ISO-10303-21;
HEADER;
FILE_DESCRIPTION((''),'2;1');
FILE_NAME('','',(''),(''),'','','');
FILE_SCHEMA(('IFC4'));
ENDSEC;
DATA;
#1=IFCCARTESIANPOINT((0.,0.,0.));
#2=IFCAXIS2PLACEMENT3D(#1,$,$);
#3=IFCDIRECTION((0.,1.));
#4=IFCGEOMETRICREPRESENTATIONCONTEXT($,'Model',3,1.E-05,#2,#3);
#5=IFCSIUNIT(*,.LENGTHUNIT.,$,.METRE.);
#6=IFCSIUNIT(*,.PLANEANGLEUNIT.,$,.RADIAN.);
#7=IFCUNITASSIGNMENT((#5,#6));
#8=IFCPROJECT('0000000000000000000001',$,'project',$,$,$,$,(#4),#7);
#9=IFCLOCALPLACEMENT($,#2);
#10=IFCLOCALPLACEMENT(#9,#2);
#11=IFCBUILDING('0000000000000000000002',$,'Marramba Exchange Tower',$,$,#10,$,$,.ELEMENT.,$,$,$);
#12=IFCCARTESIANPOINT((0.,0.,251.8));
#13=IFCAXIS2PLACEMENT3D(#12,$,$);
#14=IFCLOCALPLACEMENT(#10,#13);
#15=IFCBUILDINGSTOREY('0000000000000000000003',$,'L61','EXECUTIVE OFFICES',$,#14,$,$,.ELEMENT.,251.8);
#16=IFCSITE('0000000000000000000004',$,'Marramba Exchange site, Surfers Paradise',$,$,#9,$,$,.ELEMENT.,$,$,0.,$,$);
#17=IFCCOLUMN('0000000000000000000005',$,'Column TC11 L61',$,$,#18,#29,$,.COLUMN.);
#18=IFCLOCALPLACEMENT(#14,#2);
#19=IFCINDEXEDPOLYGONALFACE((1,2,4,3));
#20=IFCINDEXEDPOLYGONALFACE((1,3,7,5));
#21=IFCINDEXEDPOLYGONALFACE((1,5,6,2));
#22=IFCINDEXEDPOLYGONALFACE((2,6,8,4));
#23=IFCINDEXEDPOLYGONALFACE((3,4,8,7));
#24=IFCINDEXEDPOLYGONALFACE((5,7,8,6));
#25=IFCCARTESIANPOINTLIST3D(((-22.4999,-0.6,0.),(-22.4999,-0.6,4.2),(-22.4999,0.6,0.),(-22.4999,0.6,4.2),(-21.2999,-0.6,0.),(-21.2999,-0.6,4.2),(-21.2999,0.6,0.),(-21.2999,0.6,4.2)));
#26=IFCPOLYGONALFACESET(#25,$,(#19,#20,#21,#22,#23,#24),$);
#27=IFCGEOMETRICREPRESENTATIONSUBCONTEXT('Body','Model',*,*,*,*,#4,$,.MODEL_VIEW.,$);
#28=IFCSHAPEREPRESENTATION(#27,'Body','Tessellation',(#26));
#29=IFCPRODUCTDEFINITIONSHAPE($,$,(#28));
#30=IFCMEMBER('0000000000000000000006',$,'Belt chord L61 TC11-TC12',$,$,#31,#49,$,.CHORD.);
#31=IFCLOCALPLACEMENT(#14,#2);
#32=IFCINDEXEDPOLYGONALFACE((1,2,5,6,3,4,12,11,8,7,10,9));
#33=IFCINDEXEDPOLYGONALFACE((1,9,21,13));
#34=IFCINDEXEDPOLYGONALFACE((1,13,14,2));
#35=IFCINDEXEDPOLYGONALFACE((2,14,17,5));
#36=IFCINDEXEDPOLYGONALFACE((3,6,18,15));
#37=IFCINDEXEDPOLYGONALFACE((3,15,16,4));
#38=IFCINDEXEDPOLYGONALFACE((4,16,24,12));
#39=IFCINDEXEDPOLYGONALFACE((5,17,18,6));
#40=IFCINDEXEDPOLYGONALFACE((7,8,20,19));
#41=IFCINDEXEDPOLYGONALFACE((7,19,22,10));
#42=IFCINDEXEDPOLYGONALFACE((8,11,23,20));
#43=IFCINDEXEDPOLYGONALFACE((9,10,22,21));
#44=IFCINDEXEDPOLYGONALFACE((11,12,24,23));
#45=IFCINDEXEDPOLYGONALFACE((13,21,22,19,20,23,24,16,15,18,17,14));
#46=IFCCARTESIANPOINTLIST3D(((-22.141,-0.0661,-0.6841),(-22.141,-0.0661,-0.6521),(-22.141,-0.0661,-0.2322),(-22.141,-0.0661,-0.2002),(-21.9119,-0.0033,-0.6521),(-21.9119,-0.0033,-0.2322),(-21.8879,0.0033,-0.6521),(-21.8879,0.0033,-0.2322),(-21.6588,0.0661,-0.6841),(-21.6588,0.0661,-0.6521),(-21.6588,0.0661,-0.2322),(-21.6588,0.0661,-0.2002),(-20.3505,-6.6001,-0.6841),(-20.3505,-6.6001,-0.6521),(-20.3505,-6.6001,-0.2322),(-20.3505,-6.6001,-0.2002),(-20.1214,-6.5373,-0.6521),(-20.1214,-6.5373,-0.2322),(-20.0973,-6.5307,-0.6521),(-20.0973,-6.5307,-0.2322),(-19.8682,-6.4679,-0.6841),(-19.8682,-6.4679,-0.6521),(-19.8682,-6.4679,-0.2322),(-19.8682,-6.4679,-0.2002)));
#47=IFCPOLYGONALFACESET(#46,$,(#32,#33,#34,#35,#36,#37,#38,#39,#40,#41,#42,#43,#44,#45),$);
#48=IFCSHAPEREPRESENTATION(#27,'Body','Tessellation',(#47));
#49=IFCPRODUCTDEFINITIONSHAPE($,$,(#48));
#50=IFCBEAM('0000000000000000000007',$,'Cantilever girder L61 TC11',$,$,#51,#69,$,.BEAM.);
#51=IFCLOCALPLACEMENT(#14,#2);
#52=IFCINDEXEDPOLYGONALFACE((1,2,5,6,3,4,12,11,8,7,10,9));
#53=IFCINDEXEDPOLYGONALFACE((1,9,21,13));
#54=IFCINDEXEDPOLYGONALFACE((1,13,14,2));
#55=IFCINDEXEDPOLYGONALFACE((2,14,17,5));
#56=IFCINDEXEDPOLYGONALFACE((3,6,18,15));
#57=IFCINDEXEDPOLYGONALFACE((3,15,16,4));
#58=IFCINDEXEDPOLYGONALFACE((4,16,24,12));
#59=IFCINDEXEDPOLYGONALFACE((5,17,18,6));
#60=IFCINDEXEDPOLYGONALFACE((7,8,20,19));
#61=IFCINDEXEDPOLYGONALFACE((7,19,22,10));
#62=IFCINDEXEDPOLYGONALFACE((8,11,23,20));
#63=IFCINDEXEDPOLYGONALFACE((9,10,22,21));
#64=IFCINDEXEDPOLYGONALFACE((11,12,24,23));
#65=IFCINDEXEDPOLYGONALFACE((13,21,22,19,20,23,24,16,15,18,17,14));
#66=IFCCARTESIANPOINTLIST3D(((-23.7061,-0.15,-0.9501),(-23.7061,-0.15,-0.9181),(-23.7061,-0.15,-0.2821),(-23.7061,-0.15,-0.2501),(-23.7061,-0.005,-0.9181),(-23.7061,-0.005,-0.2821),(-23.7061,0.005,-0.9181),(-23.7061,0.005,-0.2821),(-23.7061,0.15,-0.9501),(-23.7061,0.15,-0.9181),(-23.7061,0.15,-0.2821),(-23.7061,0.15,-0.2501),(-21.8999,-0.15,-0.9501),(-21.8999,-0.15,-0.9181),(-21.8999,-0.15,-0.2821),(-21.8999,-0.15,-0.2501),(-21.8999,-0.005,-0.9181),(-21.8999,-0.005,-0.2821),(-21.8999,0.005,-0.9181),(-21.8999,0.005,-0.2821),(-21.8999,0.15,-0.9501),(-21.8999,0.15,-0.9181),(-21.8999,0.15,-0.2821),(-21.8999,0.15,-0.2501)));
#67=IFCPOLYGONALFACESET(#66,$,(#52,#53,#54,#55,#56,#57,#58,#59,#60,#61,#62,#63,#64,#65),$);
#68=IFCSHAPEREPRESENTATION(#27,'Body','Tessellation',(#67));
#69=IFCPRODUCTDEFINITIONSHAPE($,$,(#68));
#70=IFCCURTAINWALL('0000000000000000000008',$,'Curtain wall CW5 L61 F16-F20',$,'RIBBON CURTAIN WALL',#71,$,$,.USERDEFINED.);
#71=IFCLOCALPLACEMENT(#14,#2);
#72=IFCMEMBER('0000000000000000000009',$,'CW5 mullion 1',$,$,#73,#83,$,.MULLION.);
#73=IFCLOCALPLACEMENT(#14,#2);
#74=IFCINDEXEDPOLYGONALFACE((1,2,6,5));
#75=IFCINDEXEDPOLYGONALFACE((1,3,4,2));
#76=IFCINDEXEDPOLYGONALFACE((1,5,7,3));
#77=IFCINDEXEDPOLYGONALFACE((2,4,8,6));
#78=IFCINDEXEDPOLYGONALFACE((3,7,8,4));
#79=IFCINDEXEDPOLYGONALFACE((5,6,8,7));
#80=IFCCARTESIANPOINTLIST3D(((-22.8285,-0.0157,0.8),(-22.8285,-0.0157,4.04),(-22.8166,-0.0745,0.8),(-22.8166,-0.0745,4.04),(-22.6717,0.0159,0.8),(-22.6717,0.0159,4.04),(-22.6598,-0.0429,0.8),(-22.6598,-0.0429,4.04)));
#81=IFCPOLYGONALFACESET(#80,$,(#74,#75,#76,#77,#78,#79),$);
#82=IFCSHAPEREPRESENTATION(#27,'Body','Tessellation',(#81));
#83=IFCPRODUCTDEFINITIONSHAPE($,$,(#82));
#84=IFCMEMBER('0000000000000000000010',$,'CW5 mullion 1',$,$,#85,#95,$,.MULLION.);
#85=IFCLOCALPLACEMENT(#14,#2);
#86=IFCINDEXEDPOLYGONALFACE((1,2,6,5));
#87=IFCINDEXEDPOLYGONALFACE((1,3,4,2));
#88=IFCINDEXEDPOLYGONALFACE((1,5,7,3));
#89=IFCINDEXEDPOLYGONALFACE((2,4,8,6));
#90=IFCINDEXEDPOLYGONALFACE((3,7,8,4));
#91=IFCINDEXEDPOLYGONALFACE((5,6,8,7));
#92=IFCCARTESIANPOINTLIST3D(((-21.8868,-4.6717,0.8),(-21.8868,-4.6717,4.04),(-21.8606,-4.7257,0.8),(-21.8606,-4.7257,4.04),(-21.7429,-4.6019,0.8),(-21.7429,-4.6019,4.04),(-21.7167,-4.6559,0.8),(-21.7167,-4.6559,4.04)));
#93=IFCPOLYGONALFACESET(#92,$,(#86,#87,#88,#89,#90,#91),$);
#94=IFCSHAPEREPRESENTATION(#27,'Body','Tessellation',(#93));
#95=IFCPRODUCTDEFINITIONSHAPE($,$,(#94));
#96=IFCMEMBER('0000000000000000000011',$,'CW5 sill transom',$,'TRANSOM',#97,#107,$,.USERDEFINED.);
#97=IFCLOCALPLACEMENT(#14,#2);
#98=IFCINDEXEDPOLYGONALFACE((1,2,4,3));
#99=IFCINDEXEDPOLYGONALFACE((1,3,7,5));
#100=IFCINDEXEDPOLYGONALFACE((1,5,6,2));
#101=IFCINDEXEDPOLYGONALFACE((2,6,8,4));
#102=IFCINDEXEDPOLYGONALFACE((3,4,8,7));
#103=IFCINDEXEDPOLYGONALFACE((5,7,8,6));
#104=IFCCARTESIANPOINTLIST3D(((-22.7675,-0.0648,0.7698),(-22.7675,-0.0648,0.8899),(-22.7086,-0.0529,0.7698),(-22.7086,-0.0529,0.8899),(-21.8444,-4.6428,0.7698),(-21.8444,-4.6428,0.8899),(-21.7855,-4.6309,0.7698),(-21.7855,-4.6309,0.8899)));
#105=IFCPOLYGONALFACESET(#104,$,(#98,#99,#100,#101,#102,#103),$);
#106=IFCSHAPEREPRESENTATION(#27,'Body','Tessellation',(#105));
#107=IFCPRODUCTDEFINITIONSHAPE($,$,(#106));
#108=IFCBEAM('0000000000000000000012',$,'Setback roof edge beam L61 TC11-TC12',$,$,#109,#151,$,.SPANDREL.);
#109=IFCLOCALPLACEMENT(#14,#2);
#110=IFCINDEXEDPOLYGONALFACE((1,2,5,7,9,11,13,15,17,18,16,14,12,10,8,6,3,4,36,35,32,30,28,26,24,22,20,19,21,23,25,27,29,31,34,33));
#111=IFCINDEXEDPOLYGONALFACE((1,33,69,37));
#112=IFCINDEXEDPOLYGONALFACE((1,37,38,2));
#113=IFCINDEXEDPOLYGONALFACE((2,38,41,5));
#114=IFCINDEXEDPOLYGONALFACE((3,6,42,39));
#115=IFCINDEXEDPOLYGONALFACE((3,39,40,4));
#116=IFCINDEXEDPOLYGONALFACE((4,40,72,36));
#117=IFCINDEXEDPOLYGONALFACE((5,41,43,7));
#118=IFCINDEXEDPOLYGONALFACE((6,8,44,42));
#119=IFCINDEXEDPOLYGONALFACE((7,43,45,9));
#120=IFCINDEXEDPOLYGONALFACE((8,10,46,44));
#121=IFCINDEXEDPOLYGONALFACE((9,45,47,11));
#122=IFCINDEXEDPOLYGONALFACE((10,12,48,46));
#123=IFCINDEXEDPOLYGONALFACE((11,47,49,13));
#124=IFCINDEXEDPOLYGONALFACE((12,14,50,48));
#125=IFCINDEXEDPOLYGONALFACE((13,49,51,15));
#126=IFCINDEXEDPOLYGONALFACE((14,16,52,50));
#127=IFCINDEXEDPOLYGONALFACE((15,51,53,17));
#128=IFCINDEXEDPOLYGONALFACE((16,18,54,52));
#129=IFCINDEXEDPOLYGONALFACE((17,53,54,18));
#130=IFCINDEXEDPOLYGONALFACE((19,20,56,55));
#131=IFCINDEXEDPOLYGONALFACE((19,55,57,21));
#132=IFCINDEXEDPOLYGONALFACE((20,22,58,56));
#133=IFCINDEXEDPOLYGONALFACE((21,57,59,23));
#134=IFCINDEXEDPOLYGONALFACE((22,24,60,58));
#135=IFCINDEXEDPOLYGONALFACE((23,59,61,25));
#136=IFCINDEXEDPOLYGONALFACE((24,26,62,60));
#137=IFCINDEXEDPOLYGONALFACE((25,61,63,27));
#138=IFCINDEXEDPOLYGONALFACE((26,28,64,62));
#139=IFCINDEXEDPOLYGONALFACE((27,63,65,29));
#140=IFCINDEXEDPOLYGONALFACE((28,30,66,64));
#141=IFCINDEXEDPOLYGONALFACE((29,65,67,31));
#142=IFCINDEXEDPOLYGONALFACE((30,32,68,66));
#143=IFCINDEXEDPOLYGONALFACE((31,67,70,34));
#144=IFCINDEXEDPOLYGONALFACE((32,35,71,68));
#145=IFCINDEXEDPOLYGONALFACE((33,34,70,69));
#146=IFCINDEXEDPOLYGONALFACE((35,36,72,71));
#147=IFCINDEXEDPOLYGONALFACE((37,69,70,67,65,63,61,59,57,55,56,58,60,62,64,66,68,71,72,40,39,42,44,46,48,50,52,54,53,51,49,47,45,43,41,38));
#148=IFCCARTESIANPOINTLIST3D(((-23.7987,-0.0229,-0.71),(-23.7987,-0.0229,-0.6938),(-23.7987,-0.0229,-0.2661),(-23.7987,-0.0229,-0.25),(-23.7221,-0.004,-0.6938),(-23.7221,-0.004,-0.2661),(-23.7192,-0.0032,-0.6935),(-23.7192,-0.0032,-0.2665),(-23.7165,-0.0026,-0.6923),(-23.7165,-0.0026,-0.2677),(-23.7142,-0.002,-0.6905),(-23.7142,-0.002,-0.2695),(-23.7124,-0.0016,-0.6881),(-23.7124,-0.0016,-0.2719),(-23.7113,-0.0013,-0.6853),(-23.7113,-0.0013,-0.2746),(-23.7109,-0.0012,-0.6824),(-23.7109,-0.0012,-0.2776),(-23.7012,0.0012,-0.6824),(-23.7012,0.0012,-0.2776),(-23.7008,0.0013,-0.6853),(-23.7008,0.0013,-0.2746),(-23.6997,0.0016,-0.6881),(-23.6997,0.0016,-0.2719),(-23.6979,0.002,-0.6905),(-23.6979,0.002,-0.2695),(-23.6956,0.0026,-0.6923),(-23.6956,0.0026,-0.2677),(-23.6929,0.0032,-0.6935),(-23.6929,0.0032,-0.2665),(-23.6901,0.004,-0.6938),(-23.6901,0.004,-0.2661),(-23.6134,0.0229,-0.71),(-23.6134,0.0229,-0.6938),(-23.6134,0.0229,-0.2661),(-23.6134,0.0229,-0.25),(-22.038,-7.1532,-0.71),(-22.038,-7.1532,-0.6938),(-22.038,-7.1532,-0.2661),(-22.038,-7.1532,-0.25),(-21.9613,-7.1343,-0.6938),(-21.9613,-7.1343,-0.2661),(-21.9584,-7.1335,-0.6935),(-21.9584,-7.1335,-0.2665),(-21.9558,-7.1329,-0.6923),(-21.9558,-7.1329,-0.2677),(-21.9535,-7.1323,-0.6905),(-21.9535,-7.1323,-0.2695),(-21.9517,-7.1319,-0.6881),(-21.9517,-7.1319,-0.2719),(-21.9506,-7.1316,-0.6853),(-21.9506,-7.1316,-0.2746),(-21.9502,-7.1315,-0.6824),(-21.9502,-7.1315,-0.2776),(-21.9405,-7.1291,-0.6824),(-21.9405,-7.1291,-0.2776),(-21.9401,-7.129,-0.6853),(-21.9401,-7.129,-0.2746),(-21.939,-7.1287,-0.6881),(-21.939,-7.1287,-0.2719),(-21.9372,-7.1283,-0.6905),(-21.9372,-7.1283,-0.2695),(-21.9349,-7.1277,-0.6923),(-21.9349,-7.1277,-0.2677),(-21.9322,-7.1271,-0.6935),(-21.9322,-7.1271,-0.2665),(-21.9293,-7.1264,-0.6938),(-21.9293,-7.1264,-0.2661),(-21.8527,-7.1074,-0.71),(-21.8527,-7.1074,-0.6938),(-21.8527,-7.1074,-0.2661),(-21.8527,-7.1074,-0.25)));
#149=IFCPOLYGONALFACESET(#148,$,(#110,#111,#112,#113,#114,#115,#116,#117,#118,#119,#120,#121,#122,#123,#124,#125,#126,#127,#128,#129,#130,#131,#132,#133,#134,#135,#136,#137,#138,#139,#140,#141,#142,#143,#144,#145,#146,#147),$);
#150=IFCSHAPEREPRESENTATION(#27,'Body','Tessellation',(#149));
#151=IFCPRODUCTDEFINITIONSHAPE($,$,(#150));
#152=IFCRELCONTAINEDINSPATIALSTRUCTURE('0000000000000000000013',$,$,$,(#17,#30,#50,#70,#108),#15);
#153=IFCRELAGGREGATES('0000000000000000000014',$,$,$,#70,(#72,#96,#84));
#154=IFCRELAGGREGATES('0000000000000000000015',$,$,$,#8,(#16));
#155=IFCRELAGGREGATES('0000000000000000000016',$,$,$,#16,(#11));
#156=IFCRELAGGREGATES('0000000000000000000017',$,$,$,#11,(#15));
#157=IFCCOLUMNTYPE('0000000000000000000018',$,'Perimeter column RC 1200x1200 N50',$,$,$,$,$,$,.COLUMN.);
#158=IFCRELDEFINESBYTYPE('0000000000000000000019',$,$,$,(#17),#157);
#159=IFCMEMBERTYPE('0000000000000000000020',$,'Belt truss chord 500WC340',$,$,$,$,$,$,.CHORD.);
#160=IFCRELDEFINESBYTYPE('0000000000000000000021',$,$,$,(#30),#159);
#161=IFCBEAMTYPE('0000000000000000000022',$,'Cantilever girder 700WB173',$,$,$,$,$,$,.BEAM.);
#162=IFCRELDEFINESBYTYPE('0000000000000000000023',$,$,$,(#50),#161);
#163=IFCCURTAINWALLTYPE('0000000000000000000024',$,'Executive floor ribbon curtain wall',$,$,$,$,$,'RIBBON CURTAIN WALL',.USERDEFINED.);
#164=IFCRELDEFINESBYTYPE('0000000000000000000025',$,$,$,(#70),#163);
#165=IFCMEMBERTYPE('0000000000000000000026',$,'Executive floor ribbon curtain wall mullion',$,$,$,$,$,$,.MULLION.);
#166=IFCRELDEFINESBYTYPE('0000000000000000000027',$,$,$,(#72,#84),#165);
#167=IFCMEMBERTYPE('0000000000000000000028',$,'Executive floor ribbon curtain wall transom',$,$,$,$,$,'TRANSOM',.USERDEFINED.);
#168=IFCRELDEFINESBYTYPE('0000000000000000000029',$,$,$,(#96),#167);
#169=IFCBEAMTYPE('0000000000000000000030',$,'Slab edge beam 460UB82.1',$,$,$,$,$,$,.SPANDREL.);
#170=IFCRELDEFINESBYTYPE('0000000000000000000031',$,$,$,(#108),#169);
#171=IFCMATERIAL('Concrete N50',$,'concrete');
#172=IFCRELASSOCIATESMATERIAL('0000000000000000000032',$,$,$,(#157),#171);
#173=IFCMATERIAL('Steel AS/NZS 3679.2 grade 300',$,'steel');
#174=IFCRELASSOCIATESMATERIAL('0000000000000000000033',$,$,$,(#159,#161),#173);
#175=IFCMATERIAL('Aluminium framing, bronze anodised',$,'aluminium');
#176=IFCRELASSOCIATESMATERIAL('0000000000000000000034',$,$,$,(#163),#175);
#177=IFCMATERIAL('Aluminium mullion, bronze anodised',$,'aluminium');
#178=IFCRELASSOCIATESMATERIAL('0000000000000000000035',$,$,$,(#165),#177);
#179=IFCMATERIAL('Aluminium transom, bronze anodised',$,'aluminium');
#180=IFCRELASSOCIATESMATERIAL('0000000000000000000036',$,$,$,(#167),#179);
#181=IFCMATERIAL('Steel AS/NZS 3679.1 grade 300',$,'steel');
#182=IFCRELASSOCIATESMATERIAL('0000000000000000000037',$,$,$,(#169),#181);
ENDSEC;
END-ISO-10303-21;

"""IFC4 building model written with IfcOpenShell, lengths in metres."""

from ifc_helpers import new_model, si_unit, direction, frame, origin, origin_2d, place, context, subcontext, project, spatial, rectangle, i_section, extrude, material, material_profile, profile_set, type_object, element, aggregate, save


model = new_model("IFC4")

# Units and contexts
model_context = context("Model", 3, precision=1e-05, world=origin(), true_north=direction((0.0, 1.0)))
body_context = subcontext(model_context, "Body", "Model", "MODEL_VIEW")
ifc_project = project(units=[si_unit("LENGTHUNIT", "METRE"), si_unit("PLANEANGLEUNIT", "RADIAN")], contexts=[model_context])

# Site, building, storey
site_placement = place(None, origin())
site = spatial("IfcSite", under=ifc_project, at=site_placement, Name="Marramba Exchange site, Surfers Paradise", CompositionType="ELEMENT", RefElevation=0.0)
building_placement = place(site_placement, origin())
building = spatial("IfcBuilding", under=site, at=building_placement, Name="Marramba Exchange Tower", CompositionType="ELEMENT")
storey_placement = place(building_placement, frame((0.0, 0.0, 251.8)))
storey = spatial("IfcBuildingStorey", under=building, at=storey_placement, Name="L61", Description="EXECUTIVE OFFICES", CompositionType="ELEMENT", Elevation=251.8)

# Column
ifc_material_1 = material(Name="Concrete N50", Category="concrete")
ifc_material_profile_1 = material_profile(ifc_material_1, rectangle(XDim=1.2, YDim=1.2, at=origin_2d()), Name="RC 1200x1200")
ifc_profile_set_1 = profile_set([ifc_material_profile_1], Name="Concrete N50")
column_type = type_object("IfcColumnType", Name="Perimeter column RC 1200x1200 N50", PredefinedType="COLUMN", material=ifc_profile_set_1)
column_placement = place(storey_placement, frame((-21.8999, 0.0, 0.0), z_axis=(0.0, 0.0, 1.0), x_axis=(-1.0, 0.0, 0.0)))
element("IfcColumn", 1, at=column_placement, inside=storey, type_object=column_type, Name="Column TC11 L61", PredefinedType="COLUMN", context=body_context, shape_type="SweptSolid", body=[
    extrude(rectangle(XDim=1.2, YDim=1.2, at=origin_2d()), origin(), (0.0, 0.0, 1.0), 4.2),
])

# Member
ifc_material_2 = material(Name="Steel AS/NZS 3679.2 grade 300", Category="steel")
ifc_material_profile_2 = material_profile(ifc_material_2, i_section(OverallWidth=0.5, OverallDepth=0.4839, WebThickness=0.0249, FlangeThickness=0.032, at=origin_2d()), Name="500WC340")
ifc_profile_set_2 = profile_set([ifc_material_profile_2], Name="Steel AS/NZS 3679.2 grade 300")
member_type_1 = type_object("IfcMemberType", Name="Belt truss chord 500WC340", PredefinedType="CHORD", material=ifc_profile_set_2)
member_1_placement = place(storey_placement, frame((-21.8999, 0.0, -0.4421), z_axis=(0.264291, -0.964443, 0.0), x_axis=(0.964443, 0.264291, 0.0)))
element("IfcMember", 2, at=member_1_placement, inside=storey, type_object=member_type_1, Name="Belt chord L61 TC11-TC12", PredefinedType="CHORD", context=body_context, shape_type="SweptSolid", body=[
    extrude(i_section(OverallWidth=0.5, OverallDepth=0.4839, WebThickness=0.0249, FlangeThickness=0.032, at=origin_2d()), origin(), (0.0, 0.0, 1.0), 6.7749),
])

# Beam
ifc_material_profile_3 = material_profile(ifc_material_2, i_section(OverallWidth=0.3, OverallDepth=0.7, WebThickness=0.01, FlangeThickness=0.032, at=origin_2d()), Name="700WB173")
ifc_profile_set_3 = profile_set([ifc_material_profile_3], Name="Steel AS/NZS 3679.2 grade 300")
beam_type_1 = type_object("IfcBeamType", Name="Cantilever girder 700WB173", PredefinedType="BEAM", material=ifc_profile_set_3)
beam_1_placement = place(storey_placement, frame((-21.8999, 0.0, -0.6001), z_axis=(-1.0, 0.0, 0.0), x_axis=(0.0, -1.0, 0.0)))
element("IfcBeam", 3, at=beam_1_placement, inside=storey, type_object=beam_type_1, Name="Cantilever girder L61 TC11", PredefinedType="BEAM", context=body_context, shape_type="SweptSolid", body=[
    extrude(i_section(OverallWidth=0.3, OverallDepth=0.7, WebThickness=0.01, FlangeThickness=0.032, at=origin_2d()), origin(), (0.0, 0.0, 1.0), 1.8062),
])

# Curtain wall, members
ifc_material_3 = material(Name="Aluminium framing, bronze anodised", Category="aluminium")
curtain_wall_type = type_object("IfcCurtainWallType", Name="Executive floor ribbon curtain wall", ElementType="RIBBON CURTAIN WALL", PredefinedType="USERDEFINED", material=ifc_material_3)
curtain_wall_placement = place(storey_placement, origin())
curtain_wall = element("IfcCurtainWall", 4, at=curtain_wall_placement, inside=storey, type_object=curtain_wall_type, Name="Curtain wall CW5 L61 F16-F20", ObjectType="RIBBON CURTAIN WALL", PredefinedType="USERDEFINED")
ifc_material_4 = material(Name="Aluminium mullion, bronze anodised", Category="aluminium")
ifc_material_profile_4 = material_profile(ifc_material_4, rectangle(XDim=0.1599, YDim=0.0601, at=origin_2d()), Name="CW5 mullion 60x160")
ifc_profile_set_4 = profile_set([ifc_material_profile_4], Name="Aluminium mullion, bronze anodised")
member_type_2 = type_object("IfcMemberType", Name="Executive floor ribbon curtain wall mullion", PredefinedType="MULLION", material=ifc_profile_set_4)
member_2_placement = place(storey_placement, frame((-22.7441, -0.0293, 0.8), z_axis=(0.0, 0.0, 1.0), x_axis=(0.980269, 0.197671, 0.0)))
member_2 = element("IfcMember", 5, at=member_2_placement, type_object=member_type_2, Name="CW5 mullion 1", PredefinedType="MULLION", context=body_context, shape_type="SweptSolid", body=[
    extrude(rectangle(XDim=0.1599, YDim=0.0601, at=origin_2d()), origin(), (0.0, 0.0, 1.0), 3.24),
])
member_3_placement = place(storey_placement, frame((-21.8018, -4.6638, 0.8), z_axis=(0.0, 0.0, 1.0), x_axis=(0.899697, 0.436515, 0.0)))
member_3 = element("IfcMember", 6, at=member_3_placement, type_object=member_type_2, Name="CW5 mullion 1", PredefinedType="MULLION", context=body_context, shape_type="SweptSolid", body=[
    extrude(rectangle(XDim=0.1599, YDim=0.0601, at=origin_2d()), origin(), (0.0, 0.0, 1.0), 3.24),
])
ifc_material_5 = material(Name="Aluminium transom, bronze anodised", Category="aluminium")
ifc_material_profile_5 = material_profile(ifc_material_5, rectangle(XDim=0.0601, YDim=0.1201, at=origin_2d()), Name="CW5 transom 60x120")
ifc_profile_set_5 = profile_set([ifc_material_profile_5], Name="Aluminium transom, bronze anodised")
member_type_3 = type_object("IfcMemberType", Name="Executive floor ribbon curtain wall transom", ElementType="TRANSOM", PredefinedType="USERDEFINED", material=ifc_profile_set_5)
member_4_placement = place(storey_placement, frame((-22.738, -0.0588, 0.8298), z_axis=(0.197654, -0.980272, 0.0), x_axis=(0.980272, 0.197654, 0.0)))
member_4 = element("IfcMember", 7, at=member_4_placement, type_object=member_type_3, Name="CW5 sill transom", ObjectType="TRANSOM", PredefinedType="USERDEFINED", context=body_context, shape_type="SweptSolid", body=[
    extrude(rectangle(XDim=0.0601, YDim=0.1201, at=origin_2d()), origin(), (0.0, 0.0, 1.0), 4.6702),
])

# Beam
ifc_material_6 = material(Name="Steel AS/NZS 3679.1 grade 300", Category="steel")
ifc_material_profile_6 = material_profile(ifc_material_6, i_section(OverallWidth=0.1909, OverallDepth=0.46, WebThickness=0.01, FlangeThickness=0.0161, FilletRadius=0.0115, at=origin_2d()), Name="460UB82.1")
ifc_profile_set_6 = profile_set([ifc_material_profile_6], Name="Steel AS/NZS 3679.1 grade 300")
beam_type_2 = type_object("IfcBeamType", Name="Slab edge beam 460UB82.1", PredefinedType="SPANDREL", material=ifc_profile_set_6)
beam_2_placement = place(storey_placement, frame((-23.7061, 0.0, -0.48), z_axis=(0.239735, -0.970838, 0.0), x_axis=(0.970838, 0.239735, 0.0)))
element("IfcBeam", 8, at=beam_2_placement, inside=storey, type_object=beam_type_2, Name="Setback roof edge beam L61 TC11-TC12", PredefinedType="SPANDREL", context=body_context, shape_type="SweptSolid", body=[
    extrude(i_section(OverallWidth=0.1909, OverallDepth=0.46, WebThickness=0.01, FlangeThickness=0.0161, FilletRadius=0.0115, at=origin_2d()), origin(), (0.0, 0.0, 1.0), 7.3445),
])

aggregate(curtain_wall, [member_2, member_4, member_3])

save(model, "model.ifc")
